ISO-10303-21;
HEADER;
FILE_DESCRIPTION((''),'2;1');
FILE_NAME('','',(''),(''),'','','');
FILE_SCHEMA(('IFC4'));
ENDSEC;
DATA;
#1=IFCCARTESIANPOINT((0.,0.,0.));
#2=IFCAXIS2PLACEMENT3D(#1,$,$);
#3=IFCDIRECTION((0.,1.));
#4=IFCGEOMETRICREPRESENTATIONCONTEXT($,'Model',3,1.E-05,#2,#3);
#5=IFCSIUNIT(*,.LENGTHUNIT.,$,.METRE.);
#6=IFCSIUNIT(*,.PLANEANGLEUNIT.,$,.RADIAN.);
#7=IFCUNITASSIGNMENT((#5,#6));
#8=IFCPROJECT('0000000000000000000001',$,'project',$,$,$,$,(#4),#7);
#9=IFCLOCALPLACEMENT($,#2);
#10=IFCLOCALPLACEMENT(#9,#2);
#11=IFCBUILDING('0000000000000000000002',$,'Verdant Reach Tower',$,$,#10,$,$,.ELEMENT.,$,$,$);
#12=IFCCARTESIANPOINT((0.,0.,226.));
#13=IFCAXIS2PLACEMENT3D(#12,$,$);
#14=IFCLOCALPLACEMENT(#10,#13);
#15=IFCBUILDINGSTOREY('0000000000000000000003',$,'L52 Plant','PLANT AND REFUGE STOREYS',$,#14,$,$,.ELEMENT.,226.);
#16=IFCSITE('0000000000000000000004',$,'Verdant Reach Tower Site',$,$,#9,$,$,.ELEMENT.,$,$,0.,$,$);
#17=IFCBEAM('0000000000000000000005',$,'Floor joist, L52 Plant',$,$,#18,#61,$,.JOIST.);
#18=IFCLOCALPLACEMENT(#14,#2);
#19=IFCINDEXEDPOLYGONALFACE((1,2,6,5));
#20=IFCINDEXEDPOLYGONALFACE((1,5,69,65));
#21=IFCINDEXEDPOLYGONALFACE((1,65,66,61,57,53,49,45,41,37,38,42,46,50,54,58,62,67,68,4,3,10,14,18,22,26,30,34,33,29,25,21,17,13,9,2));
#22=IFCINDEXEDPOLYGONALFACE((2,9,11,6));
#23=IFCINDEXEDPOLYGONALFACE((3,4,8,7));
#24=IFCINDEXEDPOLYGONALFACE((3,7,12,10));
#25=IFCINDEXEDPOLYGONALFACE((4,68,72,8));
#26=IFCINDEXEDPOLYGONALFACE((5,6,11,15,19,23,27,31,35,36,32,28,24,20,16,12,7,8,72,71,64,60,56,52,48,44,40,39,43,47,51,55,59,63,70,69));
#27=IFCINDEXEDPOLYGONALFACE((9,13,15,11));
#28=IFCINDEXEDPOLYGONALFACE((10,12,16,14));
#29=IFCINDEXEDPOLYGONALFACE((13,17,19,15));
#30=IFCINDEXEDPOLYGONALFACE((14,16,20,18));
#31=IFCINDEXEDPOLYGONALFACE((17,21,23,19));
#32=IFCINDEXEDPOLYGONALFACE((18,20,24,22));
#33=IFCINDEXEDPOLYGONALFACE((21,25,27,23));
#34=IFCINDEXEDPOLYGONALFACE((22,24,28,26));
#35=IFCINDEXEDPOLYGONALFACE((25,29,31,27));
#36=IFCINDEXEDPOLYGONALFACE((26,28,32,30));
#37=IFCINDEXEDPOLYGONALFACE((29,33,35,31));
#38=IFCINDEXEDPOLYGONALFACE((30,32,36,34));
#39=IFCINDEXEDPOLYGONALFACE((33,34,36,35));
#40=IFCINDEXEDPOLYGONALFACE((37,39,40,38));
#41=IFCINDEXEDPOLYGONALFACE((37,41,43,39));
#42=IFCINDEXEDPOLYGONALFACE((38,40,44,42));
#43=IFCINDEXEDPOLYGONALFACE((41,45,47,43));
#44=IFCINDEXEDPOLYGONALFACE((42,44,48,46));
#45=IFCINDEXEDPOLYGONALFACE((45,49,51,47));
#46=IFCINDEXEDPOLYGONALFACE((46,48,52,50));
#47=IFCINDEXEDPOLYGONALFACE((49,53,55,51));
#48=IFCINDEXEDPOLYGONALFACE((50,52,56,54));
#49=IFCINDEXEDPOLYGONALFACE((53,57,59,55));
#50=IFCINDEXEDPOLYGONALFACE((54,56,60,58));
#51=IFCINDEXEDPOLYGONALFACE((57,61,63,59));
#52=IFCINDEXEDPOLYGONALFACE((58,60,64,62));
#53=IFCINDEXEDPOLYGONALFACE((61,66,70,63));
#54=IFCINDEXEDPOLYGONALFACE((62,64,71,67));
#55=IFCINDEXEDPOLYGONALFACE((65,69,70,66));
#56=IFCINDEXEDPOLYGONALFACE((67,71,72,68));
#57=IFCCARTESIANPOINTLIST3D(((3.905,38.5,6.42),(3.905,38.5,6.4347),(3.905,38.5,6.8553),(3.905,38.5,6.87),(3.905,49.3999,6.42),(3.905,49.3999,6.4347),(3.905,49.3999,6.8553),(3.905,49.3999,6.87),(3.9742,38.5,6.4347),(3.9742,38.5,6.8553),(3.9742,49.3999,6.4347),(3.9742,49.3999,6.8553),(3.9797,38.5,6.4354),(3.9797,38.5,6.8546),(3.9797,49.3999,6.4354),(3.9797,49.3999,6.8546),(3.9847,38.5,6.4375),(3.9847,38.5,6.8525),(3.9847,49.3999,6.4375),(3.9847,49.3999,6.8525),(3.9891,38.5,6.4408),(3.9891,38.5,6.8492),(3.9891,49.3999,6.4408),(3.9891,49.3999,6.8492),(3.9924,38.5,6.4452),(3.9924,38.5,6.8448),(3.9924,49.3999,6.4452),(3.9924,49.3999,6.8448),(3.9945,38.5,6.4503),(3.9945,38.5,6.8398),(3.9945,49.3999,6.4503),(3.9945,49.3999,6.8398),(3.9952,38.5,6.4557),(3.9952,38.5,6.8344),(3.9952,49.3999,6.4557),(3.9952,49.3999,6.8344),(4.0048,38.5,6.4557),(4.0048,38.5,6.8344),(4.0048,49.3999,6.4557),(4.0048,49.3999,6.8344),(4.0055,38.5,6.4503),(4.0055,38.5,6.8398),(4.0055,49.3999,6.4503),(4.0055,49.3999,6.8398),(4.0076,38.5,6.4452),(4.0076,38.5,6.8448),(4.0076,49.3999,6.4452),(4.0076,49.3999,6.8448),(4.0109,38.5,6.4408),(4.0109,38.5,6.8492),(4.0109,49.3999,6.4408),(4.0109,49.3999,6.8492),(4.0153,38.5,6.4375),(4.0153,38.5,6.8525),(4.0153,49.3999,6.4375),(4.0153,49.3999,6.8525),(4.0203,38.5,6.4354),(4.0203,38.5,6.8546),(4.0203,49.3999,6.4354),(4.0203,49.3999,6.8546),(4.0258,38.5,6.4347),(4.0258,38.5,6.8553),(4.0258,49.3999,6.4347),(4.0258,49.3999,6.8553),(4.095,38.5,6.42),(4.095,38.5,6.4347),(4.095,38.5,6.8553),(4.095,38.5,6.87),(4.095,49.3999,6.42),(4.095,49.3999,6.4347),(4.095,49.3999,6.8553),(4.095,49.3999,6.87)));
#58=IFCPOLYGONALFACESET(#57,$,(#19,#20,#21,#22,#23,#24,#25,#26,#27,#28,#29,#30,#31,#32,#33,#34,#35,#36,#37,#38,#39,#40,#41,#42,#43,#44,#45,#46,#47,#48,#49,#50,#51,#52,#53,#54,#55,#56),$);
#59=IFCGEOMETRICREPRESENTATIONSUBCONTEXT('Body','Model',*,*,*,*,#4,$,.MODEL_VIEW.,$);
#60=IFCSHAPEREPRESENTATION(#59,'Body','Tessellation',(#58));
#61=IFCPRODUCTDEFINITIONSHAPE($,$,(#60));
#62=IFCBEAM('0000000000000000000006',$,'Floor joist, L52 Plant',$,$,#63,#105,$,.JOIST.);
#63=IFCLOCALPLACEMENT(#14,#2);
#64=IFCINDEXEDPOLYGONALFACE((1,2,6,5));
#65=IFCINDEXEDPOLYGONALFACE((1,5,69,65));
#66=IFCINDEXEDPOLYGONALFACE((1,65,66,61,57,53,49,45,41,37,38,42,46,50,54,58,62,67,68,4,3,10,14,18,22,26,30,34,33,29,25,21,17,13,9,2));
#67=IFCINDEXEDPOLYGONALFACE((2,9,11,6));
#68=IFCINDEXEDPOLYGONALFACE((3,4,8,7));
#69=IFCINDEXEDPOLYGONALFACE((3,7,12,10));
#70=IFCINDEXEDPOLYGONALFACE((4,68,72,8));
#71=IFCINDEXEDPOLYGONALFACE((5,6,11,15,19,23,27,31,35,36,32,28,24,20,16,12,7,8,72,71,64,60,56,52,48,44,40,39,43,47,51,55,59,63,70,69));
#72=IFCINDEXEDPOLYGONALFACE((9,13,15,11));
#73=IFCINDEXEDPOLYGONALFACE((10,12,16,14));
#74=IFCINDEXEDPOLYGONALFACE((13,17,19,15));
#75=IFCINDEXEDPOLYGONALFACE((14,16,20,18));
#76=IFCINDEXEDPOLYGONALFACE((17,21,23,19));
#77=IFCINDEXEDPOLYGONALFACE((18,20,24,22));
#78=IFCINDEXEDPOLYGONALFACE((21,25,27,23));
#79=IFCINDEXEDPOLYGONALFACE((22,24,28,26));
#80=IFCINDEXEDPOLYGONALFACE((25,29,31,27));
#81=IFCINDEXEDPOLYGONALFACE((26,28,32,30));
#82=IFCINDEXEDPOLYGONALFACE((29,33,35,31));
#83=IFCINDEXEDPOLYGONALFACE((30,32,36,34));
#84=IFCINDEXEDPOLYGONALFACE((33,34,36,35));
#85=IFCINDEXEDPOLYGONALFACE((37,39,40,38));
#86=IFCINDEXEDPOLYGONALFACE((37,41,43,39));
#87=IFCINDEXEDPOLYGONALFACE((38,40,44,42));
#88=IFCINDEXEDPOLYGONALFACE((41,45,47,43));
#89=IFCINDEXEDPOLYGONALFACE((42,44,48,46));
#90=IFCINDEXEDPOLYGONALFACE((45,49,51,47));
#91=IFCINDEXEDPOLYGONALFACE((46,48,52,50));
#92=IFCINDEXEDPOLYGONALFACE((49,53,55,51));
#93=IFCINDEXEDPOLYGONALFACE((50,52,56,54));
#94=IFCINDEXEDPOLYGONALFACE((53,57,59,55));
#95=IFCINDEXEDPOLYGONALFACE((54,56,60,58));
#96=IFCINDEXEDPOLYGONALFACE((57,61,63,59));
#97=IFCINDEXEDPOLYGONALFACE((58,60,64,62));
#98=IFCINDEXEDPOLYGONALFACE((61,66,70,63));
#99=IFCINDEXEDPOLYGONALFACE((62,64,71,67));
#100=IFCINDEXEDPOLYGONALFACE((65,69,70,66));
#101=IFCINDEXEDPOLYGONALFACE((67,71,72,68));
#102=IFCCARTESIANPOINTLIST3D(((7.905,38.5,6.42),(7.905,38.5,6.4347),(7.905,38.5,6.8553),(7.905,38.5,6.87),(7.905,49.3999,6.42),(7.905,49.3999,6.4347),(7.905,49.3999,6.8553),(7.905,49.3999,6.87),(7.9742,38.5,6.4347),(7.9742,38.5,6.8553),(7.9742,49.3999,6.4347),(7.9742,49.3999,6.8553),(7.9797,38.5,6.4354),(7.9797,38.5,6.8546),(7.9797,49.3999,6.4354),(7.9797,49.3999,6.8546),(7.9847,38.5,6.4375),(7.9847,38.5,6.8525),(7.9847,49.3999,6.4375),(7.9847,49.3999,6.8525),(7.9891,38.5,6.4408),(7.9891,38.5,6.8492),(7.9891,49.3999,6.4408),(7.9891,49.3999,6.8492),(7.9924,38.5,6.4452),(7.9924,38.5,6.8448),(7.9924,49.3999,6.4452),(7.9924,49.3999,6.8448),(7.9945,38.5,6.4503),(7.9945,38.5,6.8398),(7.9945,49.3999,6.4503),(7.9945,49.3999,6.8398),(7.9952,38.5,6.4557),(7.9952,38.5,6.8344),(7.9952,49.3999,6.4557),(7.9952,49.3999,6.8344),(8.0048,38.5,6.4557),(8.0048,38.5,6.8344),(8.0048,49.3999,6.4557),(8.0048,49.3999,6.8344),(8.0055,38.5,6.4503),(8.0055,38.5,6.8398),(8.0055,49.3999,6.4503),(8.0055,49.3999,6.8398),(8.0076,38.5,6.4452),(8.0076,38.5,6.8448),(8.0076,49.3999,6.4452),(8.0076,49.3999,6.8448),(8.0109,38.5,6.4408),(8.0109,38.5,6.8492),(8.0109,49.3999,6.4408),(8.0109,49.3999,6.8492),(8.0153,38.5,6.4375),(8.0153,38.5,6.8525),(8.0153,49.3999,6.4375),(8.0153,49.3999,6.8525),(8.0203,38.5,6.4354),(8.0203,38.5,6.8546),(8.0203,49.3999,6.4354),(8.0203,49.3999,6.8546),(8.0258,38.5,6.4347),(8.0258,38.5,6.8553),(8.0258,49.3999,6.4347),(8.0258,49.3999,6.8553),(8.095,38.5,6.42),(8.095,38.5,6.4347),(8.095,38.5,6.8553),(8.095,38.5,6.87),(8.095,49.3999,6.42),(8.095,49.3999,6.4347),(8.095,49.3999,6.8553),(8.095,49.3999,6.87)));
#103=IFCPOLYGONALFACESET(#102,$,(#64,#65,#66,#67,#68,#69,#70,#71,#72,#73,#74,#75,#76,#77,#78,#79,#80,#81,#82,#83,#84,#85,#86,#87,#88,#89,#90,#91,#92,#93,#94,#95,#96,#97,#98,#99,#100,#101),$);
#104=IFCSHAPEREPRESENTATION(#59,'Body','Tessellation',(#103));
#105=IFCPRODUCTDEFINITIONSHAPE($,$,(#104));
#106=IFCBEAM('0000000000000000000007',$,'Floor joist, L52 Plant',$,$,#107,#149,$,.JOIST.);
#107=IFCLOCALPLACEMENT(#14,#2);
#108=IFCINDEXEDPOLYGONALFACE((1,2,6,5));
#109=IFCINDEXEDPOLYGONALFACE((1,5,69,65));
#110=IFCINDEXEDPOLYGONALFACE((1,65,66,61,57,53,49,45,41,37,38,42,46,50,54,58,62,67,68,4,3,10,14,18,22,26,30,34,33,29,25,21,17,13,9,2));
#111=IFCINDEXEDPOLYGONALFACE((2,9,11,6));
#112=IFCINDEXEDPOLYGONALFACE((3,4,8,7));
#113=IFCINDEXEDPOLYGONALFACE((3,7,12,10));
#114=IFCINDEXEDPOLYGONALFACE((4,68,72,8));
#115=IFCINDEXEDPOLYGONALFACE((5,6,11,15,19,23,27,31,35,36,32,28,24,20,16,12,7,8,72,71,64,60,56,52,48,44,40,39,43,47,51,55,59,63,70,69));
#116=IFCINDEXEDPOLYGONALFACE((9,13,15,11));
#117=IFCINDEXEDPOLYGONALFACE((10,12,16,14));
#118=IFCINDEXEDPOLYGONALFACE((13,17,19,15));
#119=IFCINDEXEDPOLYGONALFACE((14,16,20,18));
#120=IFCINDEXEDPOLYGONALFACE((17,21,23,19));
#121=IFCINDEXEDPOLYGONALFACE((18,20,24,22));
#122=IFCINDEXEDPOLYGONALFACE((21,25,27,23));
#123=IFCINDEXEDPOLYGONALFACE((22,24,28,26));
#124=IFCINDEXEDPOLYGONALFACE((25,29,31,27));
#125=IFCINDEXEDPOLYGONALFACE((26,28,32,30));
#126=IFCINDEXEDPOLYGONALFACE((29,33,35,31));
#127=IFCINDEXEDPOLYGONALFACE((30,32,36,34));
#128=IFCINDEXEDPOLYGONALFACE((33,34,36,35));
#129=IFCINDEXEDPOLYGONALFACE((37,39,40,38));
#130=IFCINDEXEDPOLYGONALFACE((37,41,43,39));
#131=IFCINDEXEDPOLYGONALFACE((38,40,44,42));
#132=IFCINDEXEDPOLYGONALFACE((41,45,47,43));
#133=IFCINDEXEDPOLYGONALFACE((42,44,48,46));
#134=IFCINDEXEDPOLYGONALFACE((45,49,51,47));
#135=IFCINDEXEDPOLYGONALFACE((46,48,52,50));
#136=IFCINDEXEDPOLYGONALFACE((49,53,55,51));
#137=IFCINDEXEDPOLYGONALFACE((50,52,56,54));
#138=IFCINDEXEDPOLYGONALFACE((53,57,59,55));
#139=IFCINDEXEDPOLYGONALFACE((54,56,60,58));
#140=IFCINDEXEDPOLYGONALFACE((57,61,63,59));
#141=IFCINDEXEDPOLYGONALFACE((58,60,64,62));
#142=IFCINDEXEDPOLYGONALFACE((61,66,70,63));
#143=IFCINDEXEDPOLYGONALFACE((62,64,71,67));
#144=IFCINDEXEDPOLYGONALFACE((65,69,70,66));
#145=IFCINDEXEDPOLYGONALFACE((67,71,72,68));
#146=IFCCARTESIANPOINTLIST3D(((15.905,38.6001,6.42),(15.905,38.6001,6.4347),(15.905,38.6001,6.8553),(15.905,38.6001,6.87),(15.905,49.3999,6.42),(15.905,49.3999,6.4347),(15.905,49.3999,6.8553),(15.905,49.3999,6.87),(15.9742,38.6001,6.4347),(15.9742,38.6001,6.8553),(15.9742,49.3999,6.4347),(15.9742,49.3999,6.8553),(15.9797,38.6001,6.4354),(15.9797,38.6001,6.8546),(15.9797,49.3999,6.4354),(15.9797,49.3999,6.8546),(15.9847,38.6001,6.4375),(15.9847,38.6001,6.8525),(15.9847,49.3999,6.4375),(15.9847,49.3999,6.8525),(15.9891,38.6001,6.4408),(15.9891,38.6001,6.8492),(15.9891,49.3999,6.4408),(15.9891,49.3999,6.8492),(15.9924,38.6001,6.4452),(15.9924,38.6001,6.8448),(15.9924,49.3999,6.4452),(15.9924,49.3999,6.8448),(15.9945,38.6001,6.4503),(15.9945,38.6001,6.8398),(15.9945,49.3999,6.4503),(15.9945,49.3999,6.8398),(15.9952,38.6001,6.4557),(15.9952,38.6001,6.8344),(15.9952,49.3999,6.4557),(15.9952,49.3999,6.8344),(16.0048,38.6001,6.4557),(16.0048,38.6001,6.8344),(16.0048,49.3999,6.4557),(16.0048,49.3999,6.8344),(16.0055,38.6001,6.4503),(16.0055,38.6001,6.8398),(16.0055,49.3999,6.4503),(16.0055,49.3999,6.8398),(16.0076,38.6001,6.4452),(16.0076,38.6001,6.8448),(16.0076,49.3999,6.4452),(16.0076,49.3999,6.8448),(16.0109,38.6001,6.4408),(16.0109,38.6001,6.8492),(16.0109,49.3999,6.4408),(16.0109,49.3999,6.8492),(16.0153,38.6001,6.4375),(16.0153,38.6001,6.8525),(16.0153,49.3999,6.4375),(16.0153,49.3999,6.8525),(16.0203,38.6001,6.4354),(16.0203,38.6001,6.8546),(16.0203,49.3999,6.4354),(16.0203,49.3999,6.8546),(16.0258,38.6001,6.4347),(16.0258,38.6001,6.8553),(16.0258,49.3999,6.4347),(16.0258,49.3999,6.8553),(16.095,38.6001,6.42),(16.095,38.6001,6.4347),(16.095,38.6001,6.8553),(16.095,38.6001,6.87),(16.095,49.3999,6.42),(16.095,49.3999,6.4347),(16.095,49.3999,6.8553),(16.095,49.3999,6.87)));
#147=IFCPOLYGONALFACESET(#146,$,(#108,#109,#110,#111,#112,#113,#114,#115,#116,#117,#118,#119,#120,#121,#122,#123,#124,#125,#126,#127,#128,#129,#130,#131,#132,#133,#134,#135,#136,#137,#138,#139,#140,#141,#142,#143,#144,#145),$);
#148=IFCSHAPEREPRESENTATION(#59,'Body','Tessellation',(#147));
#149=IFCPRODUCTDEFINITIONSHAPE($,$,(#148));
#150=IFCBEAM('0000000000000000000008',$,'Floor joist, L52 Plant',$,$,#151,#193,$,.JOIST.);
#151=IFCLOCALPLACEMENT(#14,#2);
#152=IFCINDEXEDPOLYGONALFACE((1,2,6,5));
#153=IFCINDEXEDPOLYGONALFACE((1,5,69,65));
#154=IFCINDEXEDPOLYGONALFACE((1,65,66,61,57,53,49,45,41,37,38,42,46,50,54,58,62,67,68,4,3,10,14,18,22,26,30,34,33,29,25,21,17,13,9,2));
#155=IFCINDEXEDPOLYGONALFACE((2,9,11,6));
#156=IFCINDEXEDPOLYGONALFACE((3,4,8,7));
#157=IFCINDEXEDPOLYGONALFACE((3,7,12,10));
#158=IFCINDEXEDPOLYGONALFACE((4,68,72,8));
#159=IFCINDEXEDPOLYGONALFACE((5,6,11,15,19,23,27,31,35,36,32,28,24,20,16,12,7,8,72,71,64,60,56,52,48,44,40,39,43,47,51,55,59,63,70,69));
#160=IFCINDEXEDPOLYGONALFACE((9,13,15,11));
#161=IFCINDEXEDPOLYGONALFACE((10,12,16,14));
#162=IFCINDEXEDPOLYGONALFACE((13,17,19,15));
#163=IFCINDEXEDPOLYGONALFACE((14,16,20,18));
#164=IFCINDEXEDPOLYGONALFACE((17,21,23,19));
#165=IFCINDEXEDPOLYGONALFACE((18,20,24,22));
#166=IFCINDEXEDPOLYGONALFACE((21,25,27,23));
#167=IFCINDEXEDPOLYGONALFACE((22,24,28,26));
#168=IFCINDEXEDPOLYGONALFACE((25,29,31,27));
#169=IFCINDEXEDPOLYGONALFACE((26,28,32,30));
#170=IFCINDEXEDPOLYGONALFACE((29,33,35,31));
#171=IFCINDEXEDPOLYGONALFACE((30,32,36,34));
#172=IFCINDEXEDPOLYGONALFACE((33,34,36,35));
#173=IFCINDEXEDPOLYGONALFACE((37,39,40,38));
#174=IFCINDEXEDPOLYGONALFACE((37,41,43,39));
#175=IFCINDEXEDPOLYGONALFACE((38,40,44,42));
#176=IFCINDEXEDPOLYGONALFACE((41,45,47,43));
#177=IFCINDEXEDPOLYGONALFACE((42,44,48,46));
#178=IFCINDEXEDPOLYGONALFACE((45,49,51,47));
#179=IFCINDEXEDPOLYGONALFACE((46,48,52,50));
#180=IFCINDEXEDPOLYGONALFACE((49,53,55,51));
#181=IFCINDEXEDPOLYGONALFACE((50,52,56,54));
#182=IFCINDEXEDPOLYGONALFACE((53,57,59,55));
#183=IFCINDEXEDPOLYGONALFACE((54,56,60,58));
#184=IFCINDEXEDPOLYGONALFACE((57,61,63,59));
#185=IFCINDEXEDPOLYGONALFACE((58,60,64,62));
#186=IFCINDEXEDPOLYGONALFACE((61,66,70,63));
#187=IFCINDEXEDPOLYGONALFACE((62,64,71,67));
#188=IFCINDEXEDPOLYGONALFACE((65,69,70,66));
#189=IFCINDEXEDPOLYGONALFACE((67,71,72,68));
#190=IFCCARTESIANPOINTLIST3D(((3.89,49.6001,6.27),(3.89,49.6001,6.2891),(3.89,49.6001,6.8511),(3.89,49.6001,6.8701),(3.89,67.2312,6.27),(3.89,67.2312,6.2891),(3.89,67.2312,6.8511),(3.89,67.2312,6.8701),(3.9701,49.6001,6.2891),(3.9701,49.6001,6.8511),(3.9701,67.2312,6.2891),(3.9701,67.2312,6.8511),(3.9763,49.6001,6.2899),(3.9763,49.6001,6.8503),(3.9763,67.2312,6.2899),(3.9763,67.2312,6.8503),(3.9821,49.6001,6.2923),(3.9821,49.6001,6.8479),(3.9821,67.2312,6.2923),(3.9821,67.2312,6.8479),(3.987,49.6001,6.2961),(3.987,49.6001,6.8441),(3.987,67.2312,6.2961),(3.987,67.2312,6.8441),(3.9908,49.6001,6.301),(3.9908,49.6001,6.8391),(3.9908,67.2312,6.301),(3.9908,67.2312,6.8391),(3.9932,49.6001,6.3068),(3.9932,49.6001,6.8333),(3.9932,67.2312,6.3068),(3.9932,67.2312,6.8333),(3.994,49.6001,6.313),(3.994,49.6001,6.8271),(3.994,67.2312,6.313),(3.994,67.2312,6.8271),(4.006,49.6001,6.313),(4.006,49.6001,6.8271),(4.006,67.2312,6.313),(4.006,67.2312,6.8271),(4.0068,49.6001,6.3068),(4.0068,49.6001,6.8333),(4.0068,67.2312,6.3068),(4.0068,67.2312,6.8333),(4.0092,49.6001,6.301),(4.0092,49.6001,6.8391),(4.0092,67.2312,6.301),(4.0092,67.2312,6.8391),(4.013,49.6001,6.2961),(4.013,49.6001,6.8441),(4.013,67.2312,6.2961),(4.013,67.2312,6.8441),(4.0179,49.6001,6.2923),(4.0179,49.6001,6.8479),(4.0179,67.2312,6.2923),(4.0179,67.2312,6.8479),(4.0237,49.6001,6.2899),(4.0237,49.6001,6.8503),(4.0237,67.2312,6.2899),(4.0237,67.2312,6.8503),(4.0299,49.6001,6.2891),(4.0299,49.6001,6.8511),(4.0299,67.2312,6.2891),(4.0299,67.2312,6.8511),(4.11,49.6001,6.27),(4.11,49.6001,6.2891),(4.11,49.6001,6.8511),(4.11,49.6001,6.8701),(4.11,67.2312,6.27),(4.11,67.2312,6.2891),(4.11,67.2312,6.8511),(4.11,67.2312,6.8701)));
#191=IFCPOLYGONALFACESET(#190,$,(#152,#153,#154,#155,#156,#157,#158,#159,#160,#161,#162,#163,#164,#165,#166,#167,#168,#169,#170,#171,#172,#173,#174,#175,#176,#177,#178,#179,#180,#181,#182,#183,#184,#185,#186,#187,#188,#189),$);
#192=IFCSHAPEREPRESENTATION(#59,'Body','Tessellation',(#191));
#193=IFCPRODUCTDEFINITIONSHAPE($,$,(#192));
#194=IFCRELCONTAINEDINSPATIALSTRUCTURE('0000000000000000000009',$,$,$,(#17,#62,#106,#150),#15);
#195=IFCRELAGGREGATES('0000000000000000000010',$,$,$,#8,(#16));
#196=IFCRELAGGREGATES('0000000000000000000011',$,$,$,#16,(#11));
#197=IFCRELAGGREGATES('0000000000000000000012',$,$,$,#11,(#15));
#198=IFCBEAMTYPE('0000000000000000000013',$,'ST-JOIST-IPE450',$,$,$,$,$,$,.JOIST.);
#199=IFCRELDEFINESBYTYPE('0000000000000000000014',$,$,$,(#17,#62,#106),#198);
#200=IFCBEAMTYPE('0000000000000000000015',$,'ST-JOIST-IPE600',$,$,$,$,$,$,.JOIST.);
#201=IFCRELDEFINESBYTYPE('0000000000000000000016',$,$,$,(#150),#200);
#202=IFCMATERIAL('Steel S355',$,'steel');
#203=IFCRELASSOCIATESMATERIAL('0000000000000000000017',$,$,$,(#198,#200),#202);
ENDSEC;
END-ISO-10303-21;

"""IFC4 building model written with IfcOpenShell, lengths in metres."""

from ifc_helpers import new_model, si_unit, direction, frame, origin, origin_2d, place, context, subcontext, project, spatial, i_section, extrude, material, material_profile, profile_set, type_object, element, save


model = new_model("IFC4")

# Units and contexts
model_context = context("Model", 3, precision=1e-05, world=origin(), true_north=direction((0.0, 1.0)))
body_context = subcontext(model_context, "Body", "Model", "MODEL_VIEW")
ifc_project = project(units=[si_unit("LENGTHUNIT", "METRE"), si_unit("PLANEANGLEUNIT", "RADIAN")], contexts=[model_context])

# Site, building, storey
site_placement = place(None, origin())
site = spatial("IfcSite", under=ifc_project, at=site_placement, Name="Verdant Reach Tower Site", CompositionType="ELEMENT", RefElevation=0.0)
building_placement = place(site_placement, origin())
building = spatial("IfcBuilding", under=site, at=building_placement, Name="Verdant Reach Tower", CompositionType="ELEMENT")
storey_placement = place(building_placement, frame((0.0, 0.0, 226.0)))
storey = spatial("IfcBuildingStorey", under=building, at=storey_placement, Name="L52 Plant", Description="PLANT AND REFUGE STOREYS", CompositionType="ELEMENT", Elevation=226.0)

# Beams
ifc_material_1 = material(Name="Steel S355", Category="steel")
ifc_material_profile_1 = material_profile(ifc_material_1, i_section(OverallWidth=0.1899, OverallDepth=0.45, WebThickness=0.0095, FlangeThickness=0.0146, FilletRadius=0.021, at=origin_2d()), Name="IPE 450")
ifc_profile_set_1 = profile_set([ifc_material_profile_1], Name="Steel S355")
beam_type_1 = type_object("IfcBeamType", Name="ST-JOIST-IPE450", PredefinedType="JOIST", material=ifc_profile_set_1)
for number, where, z_axis, x_axis, name in (
    (1, (4.0, 38.5, 6.645), (0.0, 1.0, 0.0), (-1.0, 0.0, 0.0), "Floor joist, L52 Plant"),
    (2, (8.0, 38.5, 6.645), (0.0, 1.0, 0.0), (-1.0, 0.0, 0.0), "Floor joist, L52 Plant"),
):
    element("IfcBeam", number, at=place(storey_placement, frame(where, z_axis=z_axis, x_axis=x_axis)), inside=storey, type_object=beam_type_1, Name=name, PredefinedType="JOIST", context=body_context, shape_type="SweptSolid", body=[
        extrude(i_section(OverallWidth=0.1899, OverallDepth=0.45, WebThickness=0.0095, FlangeThickness=0.0146, FilletRadius=0.021, at=origin_2d()), origin(), (0.0, 0.0, 1.0), 10.8999),
    ])
beam_1_placement = place(storey_placement, frame((16.0, 38.6001, 6.645), z_axis=(0.0, 1.0, 0.0), x_axis=(-1.0, 0.0, 0.0)))
element("IfcBeam", 3, at=beam_1_placement, inside=storey, type_object=beam_type_1, Name="Floor joist, L52 Plant", PredefinedType="JOIST", context=body_context, shape_type="SweptSolid", body=[
    extrude(i_section(OverallWidth=0.1899, OverallDepth=0.45, WebThickness=0.0095, FlangeThickness=0.0146, FilletRadius=0.021, at=origin_2d()), origin(), (0.0, 0.0, 1.0), 10.7998),
])
ifc_material_profile_2 = material_profile(ifc_material_1, i_section(OverallWidth=0.22, OverallDepth=0.6001, WebThickness=0.012, FlangeThickness=0.019, FilletRadius=0.0239, at=origin_2d()), Name="IPE 600")
ifc_profile_set_2 = profile_set([ifc_material_profile_2], Name="Steel S355")
beam_type_2 = type_object("IfcBeamType", Name="ST-JOIST-IPE600", PredefinedType="JOIST", material=ifc_profile_set_2)
beam_2_placement = place(storey_placement, frame((4.0, 49.6001, 6.5701), z_axis=(0.0, 1.0, 0.0), x_axis=(-1.0, 0.0, 0.0)))
element("IfcBeam", 4, at=beam_2_placement, inside=storey, type_object=beam_type_2, Name="Floor joist, L52 Plant", PredefinedType="JOIST", context=body_context, shape_type="SweptSolid", body=[
    extrude(i_section(OverallWidth=0.22, OverallDepth=0.6001, WebThickness=0.012, FlangeThickness=0.019, FilletRadius=0.0239, at=origin_2d()), origin(), (0.0, 0.0, 1.0), 17.6311),
])

save(model, "model.ifc")
